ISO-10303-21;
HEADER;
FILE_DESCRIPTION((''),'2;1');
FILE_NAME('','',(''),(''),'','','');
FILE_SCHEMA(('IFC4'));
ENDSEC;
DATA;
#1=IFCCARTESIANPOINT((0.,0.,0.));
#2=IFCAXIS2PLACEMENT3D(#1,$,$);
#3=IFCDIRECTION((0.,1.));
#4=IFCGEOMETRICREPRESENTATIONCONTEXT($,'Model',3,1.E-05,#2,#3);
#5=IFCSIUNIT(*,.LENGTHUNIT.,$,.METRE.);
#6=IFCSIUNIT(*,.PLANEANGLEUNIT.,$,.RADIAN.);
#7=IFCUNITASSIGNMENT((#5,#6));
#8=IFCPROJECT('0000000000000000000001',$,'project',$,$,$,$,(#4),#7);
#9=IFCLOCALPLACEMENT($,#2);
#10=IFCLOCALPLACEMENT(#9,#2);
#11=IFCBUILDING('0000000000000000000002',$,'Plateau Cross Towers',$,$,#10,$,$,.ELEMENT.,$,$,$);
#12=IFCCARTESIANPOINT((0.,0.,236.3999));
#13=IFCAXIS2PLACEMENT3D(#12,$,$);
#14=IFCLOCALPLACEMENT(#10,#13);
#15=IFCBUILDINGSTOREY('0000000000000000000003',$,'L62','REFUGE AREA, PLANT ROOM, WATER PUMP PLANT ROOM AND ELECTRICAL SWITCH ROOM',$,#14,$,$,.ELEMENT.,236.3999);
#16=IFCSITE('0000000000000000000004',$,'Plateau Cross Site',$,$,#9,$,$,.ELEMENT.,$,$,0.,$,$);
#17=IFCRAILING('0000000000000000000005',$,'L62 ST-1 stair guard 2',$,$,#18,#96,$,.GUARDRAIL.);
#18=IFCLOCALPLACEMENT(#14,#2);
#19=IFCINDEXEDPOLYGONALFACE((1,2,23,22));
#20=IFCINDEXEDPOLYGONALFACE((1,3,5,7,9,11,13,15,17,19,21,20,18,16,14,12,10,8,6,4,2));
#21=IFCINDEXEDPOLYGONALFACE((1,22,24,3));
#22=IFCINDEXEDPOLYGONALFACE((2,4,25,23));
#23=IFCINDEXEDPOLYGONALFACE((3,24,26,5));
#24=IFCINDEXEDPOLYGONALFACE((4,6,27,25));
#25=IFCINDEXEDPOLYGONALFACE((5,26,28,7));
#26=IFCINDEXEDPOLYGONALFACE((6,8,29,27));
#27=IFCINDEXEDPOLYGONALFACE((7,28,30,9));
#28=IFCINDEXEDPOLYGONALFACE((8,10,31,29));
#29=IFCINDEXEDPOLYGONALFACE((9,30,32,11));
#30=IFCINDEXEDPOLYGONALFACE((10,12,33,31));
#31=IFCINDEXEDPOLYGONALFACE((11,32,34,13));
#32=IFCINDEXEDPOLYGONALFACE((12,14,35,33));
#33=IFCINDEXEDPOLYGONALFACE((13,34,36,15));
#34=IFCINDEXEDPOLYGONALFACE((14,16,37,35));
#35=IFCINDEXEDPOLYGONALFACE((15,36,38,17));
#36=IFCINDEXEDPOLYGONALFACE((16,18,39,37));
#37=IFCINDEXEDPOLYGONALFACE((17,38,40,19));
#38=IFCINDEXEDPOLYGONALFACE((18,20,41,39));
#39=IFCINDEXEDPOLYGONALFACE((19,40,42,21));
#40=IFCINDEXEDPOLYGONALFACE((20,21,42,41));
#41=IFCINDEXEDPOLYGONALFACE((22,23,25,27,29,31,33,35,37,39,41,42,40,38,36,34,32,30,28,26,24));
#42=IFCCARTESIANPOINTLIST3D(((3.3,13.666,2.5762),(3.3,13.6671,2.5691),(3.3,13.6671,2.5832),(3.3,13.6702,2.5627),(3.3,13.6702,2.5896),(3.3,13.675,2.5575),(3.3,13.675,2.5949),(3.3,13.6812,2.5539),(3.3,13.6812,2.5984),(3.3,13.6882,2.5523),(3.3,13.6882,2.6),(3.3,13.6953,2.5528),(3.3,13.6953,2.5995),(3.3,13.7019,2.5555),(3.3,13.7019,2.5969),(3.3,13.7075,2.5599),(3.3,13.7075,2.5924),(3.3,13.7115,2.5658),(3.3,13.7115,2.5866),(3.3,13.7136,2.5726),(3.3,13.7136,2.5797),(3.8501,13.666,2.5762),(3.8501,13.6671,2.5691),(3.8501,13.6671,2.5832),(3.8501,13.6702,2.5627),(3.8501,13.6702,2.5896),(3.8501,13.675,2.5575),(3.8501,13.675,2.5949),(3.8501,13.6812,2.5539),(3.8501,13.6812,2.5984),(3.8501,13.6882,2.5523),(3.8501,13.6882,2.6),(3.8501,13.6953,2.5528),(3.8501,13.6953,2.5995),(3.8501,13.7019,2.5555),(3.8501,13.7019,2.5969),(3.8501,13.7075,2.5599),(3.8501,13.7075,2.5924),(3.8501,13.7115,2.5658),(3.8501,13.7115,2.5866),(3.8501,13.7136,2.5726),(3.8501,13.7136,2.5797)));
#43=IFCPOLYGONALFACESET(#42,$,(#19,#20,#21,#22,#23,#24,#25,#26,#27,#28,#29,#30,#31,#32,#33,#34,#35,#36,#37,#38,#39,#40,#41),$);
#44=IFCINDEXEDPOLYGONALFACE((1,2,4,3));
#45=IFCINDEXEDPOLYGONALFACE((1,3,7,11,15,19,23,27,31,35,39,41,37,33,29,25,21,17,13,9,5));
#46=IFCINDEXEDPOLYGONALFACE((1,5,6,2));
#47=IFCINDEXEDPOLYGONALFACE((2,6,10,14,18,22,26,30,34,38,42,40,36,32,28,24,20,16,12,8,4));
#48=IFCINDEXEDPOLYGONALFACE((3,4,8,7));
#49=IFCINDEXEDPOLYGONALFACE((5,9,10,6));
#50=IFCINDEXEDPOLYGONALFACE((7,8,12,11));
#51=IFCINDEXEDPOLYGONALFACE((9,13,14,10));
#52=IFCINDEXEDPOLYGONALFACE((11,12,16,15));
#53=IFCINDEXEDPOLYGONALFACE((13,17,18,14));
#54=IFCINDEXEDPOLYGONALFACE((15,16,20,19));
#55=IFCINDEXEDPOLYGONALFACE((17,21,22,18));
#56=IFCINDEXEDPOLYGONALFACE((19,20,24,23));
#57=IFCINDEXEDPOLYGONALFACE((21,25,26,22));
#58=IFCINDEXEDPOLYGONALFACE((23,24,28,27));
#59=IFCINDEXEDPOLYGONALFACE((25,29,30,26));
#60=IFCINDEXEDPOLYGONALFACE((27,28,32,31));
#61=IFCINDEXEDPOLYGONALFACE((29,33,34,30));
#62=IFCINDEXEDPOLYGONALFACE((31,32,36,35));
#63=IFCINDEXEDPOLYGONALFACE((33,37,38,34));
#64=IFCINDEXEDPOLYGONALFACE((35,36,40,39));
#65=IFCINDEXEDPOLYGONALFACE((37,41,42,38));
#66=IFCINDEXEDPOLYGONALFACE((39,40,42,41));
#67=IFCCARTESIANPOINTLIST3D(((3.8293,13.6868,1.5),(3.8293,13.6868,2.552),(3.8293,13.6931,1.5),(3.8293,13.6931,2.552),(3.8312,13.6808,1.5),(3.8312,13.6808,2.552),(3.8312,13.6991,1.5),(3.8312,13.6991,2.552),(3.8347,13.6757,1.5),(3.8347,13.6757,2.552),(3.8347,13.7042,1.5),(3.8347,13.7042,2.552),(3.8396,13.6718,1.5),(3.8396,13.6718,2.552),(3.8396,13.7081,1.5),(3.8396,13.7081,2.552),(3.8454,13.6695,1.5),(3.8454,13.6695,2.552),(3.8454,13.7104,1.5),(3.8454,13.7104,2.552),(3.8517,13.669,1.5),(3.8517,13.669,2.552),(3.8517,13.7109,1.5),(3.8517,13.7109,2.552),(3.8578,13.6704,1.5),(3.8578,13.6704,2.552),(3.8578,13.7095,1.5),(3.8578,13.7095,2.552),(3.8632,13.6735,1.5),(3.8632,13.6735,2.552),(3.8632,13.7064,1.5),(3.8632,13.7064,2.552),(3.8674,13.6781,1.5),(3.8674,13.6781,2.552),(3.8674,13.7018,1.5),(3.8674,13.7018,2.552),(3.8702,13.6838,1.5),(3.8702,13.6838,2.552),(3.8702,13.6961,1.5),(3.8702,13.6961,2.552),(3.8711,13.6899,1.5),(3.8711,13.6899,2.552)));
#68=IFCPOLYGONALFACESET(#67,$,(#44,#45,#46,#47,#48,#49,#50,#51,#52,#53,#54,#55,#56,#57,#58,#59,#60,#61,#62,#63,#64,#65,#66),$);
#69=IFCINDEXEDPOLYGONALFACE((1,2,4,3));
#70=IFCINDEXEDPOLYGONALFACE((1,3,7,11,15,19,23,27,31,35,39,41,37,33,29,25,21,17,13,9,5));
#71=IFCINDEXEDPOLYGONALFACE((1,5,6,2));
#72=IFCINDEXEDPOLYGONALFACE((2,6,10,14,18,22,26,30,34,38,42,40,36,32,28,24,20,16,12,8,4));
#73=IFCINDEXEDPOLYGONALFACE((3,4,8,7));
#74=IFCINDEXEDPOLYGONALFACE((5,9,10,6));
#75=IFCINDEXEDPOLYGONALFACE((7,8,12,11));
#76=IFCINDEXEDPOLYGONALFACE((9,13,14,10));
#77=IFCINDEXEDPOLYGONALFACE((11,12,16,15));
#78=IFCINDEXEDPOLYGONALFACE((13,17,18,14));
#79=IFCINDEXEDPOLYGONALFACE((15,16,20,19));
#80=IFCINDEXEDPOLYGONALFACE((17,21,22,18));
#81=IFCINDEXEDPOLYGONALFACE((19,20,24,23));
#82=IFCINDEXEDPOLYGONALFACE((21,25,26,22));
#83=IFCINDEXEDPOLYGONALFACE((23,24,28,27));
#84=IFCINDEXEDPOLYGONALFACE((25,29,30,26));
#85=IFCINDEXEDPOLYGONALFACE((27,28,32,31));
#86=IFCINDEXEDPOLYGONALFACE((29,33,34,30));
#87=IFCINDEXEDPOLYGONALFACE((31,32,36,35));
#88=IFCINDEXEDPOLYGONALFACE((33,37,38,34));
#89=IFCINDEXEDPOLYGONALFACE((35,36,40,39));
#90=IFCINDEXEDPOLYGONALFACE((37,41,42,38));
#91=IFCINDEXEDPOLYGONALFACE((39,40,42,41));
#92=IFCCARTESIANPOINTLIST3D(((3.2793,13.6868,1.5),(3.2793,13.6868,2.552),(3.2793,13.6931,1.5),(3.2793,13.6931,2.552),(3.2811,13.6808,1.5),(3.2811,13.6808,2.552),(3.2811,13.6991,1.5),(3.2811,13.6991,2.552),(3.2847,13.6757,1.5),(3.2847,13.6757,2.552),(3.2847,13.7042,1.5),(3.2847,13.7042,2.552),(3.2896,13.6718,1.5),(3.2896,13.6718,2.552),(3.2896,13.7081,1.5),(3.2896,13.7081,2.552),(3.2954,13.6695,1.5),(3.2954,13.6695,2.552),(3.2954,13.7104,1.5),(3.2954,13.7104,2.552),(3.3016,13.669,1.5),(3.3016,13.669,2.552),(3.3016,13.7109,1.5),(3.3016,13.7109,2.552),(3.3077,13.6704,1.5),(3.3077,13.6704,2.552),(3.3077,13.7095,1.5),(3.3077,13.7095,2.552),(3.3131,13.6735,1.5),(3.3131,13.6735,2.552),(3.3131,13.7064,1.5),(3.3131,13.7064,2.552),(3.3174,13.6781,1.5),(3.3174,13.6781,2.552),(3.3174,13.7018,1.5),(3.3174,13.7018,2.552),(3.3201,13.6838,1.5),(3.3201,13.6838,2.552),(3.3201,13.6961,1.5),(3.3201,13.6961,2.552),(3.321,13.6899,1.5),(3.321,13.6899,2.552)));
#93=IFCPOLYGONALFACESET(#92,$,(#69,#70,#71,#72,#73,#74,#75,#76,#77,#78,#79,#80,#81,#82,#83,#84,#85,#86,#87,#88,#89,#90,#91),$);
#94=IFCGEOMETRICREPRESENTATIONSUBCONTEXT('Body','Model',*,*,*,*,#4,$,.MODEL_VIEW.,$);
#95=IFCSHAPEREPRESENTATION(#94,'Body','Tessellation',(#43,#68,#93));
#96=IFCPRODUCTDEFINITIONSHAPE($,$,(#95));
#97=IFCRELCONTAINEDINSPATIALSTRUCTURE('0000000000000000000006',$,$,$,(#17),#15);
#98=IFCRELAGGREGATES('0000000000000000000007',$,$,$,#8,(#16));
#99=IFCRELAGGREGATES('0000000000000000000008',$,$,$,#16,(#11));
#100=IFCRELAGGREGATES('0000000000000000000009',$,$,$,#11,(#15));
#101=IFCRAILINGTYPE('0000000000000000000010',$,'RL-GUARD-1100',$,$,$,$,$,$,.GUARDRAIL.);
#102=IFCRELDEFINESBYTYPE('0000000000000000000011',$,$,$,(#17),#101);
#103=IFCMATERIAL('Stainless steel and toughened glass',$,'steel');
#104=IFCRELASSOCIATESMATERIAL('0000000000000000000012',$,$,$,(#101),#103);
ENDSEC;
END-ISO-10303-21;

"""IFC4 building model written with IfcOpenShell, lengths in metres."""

from ifc_helpers import new_model, si_unit, direction, frame, origin, origin_2d, place, context, subcontext, project, spatial, circle, extrude, material, type_object, element, save


model = new_model("IFC4")

# Units and contexts
model_context = context("Model", 3, precision=1e-05, world=origin(), true_north=direction((0.0, 1.0)))
body_context = subcontext(model_context, "Body", "Model", "MODEL_VIEW")
ifc_project = project(units=[si_unit("LENGTHUNIT", "METRE"), si_unit("PLANEANGLEUNIT", "RADIAN")], contexts=[model_context])

# Site, building, storey
site_placement = place(None, origin())
site = spatial("IfcSite", under=ifc_project, at=site_placement, Name="Plateau Cross Site", CompositionType="ELEMENT", RefElevation=0.0)
building_placement = place(site_placement, origin())
building = spatial("IfcBuilding", under=site, at=building_placement, Name="Plateau Cross Towers", CompositionType="ELEMENT")
storey_placement = place(building_placement, frame((0.0, 0.0, 236.3999)))
storey = spatial("IfcBuildingStorey", under=building, at=storey_placement, Name="L62", Description="REFUGE AREA, PLANT ROOM, WATER PUMP PLANT ROOM AND ELECTRICAL SWITCH ROOM", CompositionType="ELEMENT", Elevation=236.3999)

# Railing
ifc_material_1 = material(Name="Stainless steel and toughened glass", Category="steel")
railing_type_1 = type_object("IfcRailingType", Name="RL-GUARD-1100", PredefinedType="GUARDRAIL", material=ifc_material_1)
railing_1_placement = place(storey_placement, frame((3.8501, 13.6899, 1.5)))
element("IfcRailing", 1, at=railing_1_placement, inside=storey, type_object=railing_type_1, Name="L62 ST-1 stair guard 2", PredefinedType="GUARDRAIL", context=body_context, shape_type="SweptSolid", body=[
    extrude(circle(Radius=0.0239, at=origin_2d()), frame((0.0, 0.0, 1.0762), z_axis=(-1.0, 0.0, 0.0), x_axis=(0.0, -1.0, 0.0)), (0.0, 0.0, 1.0), 0.55),
    extrude(circle(Radius=0.021, at=origin_2d()), origin(), (0.0, 0.0, 1.0), 1.052),
    extrude(circle(Radius=0.021, at=origin_2d()), frame((-0.55, 0.0, 0.0)), (0.0, 0.0, 1.0), 1.052),
])

save(model, "model.ifc")
